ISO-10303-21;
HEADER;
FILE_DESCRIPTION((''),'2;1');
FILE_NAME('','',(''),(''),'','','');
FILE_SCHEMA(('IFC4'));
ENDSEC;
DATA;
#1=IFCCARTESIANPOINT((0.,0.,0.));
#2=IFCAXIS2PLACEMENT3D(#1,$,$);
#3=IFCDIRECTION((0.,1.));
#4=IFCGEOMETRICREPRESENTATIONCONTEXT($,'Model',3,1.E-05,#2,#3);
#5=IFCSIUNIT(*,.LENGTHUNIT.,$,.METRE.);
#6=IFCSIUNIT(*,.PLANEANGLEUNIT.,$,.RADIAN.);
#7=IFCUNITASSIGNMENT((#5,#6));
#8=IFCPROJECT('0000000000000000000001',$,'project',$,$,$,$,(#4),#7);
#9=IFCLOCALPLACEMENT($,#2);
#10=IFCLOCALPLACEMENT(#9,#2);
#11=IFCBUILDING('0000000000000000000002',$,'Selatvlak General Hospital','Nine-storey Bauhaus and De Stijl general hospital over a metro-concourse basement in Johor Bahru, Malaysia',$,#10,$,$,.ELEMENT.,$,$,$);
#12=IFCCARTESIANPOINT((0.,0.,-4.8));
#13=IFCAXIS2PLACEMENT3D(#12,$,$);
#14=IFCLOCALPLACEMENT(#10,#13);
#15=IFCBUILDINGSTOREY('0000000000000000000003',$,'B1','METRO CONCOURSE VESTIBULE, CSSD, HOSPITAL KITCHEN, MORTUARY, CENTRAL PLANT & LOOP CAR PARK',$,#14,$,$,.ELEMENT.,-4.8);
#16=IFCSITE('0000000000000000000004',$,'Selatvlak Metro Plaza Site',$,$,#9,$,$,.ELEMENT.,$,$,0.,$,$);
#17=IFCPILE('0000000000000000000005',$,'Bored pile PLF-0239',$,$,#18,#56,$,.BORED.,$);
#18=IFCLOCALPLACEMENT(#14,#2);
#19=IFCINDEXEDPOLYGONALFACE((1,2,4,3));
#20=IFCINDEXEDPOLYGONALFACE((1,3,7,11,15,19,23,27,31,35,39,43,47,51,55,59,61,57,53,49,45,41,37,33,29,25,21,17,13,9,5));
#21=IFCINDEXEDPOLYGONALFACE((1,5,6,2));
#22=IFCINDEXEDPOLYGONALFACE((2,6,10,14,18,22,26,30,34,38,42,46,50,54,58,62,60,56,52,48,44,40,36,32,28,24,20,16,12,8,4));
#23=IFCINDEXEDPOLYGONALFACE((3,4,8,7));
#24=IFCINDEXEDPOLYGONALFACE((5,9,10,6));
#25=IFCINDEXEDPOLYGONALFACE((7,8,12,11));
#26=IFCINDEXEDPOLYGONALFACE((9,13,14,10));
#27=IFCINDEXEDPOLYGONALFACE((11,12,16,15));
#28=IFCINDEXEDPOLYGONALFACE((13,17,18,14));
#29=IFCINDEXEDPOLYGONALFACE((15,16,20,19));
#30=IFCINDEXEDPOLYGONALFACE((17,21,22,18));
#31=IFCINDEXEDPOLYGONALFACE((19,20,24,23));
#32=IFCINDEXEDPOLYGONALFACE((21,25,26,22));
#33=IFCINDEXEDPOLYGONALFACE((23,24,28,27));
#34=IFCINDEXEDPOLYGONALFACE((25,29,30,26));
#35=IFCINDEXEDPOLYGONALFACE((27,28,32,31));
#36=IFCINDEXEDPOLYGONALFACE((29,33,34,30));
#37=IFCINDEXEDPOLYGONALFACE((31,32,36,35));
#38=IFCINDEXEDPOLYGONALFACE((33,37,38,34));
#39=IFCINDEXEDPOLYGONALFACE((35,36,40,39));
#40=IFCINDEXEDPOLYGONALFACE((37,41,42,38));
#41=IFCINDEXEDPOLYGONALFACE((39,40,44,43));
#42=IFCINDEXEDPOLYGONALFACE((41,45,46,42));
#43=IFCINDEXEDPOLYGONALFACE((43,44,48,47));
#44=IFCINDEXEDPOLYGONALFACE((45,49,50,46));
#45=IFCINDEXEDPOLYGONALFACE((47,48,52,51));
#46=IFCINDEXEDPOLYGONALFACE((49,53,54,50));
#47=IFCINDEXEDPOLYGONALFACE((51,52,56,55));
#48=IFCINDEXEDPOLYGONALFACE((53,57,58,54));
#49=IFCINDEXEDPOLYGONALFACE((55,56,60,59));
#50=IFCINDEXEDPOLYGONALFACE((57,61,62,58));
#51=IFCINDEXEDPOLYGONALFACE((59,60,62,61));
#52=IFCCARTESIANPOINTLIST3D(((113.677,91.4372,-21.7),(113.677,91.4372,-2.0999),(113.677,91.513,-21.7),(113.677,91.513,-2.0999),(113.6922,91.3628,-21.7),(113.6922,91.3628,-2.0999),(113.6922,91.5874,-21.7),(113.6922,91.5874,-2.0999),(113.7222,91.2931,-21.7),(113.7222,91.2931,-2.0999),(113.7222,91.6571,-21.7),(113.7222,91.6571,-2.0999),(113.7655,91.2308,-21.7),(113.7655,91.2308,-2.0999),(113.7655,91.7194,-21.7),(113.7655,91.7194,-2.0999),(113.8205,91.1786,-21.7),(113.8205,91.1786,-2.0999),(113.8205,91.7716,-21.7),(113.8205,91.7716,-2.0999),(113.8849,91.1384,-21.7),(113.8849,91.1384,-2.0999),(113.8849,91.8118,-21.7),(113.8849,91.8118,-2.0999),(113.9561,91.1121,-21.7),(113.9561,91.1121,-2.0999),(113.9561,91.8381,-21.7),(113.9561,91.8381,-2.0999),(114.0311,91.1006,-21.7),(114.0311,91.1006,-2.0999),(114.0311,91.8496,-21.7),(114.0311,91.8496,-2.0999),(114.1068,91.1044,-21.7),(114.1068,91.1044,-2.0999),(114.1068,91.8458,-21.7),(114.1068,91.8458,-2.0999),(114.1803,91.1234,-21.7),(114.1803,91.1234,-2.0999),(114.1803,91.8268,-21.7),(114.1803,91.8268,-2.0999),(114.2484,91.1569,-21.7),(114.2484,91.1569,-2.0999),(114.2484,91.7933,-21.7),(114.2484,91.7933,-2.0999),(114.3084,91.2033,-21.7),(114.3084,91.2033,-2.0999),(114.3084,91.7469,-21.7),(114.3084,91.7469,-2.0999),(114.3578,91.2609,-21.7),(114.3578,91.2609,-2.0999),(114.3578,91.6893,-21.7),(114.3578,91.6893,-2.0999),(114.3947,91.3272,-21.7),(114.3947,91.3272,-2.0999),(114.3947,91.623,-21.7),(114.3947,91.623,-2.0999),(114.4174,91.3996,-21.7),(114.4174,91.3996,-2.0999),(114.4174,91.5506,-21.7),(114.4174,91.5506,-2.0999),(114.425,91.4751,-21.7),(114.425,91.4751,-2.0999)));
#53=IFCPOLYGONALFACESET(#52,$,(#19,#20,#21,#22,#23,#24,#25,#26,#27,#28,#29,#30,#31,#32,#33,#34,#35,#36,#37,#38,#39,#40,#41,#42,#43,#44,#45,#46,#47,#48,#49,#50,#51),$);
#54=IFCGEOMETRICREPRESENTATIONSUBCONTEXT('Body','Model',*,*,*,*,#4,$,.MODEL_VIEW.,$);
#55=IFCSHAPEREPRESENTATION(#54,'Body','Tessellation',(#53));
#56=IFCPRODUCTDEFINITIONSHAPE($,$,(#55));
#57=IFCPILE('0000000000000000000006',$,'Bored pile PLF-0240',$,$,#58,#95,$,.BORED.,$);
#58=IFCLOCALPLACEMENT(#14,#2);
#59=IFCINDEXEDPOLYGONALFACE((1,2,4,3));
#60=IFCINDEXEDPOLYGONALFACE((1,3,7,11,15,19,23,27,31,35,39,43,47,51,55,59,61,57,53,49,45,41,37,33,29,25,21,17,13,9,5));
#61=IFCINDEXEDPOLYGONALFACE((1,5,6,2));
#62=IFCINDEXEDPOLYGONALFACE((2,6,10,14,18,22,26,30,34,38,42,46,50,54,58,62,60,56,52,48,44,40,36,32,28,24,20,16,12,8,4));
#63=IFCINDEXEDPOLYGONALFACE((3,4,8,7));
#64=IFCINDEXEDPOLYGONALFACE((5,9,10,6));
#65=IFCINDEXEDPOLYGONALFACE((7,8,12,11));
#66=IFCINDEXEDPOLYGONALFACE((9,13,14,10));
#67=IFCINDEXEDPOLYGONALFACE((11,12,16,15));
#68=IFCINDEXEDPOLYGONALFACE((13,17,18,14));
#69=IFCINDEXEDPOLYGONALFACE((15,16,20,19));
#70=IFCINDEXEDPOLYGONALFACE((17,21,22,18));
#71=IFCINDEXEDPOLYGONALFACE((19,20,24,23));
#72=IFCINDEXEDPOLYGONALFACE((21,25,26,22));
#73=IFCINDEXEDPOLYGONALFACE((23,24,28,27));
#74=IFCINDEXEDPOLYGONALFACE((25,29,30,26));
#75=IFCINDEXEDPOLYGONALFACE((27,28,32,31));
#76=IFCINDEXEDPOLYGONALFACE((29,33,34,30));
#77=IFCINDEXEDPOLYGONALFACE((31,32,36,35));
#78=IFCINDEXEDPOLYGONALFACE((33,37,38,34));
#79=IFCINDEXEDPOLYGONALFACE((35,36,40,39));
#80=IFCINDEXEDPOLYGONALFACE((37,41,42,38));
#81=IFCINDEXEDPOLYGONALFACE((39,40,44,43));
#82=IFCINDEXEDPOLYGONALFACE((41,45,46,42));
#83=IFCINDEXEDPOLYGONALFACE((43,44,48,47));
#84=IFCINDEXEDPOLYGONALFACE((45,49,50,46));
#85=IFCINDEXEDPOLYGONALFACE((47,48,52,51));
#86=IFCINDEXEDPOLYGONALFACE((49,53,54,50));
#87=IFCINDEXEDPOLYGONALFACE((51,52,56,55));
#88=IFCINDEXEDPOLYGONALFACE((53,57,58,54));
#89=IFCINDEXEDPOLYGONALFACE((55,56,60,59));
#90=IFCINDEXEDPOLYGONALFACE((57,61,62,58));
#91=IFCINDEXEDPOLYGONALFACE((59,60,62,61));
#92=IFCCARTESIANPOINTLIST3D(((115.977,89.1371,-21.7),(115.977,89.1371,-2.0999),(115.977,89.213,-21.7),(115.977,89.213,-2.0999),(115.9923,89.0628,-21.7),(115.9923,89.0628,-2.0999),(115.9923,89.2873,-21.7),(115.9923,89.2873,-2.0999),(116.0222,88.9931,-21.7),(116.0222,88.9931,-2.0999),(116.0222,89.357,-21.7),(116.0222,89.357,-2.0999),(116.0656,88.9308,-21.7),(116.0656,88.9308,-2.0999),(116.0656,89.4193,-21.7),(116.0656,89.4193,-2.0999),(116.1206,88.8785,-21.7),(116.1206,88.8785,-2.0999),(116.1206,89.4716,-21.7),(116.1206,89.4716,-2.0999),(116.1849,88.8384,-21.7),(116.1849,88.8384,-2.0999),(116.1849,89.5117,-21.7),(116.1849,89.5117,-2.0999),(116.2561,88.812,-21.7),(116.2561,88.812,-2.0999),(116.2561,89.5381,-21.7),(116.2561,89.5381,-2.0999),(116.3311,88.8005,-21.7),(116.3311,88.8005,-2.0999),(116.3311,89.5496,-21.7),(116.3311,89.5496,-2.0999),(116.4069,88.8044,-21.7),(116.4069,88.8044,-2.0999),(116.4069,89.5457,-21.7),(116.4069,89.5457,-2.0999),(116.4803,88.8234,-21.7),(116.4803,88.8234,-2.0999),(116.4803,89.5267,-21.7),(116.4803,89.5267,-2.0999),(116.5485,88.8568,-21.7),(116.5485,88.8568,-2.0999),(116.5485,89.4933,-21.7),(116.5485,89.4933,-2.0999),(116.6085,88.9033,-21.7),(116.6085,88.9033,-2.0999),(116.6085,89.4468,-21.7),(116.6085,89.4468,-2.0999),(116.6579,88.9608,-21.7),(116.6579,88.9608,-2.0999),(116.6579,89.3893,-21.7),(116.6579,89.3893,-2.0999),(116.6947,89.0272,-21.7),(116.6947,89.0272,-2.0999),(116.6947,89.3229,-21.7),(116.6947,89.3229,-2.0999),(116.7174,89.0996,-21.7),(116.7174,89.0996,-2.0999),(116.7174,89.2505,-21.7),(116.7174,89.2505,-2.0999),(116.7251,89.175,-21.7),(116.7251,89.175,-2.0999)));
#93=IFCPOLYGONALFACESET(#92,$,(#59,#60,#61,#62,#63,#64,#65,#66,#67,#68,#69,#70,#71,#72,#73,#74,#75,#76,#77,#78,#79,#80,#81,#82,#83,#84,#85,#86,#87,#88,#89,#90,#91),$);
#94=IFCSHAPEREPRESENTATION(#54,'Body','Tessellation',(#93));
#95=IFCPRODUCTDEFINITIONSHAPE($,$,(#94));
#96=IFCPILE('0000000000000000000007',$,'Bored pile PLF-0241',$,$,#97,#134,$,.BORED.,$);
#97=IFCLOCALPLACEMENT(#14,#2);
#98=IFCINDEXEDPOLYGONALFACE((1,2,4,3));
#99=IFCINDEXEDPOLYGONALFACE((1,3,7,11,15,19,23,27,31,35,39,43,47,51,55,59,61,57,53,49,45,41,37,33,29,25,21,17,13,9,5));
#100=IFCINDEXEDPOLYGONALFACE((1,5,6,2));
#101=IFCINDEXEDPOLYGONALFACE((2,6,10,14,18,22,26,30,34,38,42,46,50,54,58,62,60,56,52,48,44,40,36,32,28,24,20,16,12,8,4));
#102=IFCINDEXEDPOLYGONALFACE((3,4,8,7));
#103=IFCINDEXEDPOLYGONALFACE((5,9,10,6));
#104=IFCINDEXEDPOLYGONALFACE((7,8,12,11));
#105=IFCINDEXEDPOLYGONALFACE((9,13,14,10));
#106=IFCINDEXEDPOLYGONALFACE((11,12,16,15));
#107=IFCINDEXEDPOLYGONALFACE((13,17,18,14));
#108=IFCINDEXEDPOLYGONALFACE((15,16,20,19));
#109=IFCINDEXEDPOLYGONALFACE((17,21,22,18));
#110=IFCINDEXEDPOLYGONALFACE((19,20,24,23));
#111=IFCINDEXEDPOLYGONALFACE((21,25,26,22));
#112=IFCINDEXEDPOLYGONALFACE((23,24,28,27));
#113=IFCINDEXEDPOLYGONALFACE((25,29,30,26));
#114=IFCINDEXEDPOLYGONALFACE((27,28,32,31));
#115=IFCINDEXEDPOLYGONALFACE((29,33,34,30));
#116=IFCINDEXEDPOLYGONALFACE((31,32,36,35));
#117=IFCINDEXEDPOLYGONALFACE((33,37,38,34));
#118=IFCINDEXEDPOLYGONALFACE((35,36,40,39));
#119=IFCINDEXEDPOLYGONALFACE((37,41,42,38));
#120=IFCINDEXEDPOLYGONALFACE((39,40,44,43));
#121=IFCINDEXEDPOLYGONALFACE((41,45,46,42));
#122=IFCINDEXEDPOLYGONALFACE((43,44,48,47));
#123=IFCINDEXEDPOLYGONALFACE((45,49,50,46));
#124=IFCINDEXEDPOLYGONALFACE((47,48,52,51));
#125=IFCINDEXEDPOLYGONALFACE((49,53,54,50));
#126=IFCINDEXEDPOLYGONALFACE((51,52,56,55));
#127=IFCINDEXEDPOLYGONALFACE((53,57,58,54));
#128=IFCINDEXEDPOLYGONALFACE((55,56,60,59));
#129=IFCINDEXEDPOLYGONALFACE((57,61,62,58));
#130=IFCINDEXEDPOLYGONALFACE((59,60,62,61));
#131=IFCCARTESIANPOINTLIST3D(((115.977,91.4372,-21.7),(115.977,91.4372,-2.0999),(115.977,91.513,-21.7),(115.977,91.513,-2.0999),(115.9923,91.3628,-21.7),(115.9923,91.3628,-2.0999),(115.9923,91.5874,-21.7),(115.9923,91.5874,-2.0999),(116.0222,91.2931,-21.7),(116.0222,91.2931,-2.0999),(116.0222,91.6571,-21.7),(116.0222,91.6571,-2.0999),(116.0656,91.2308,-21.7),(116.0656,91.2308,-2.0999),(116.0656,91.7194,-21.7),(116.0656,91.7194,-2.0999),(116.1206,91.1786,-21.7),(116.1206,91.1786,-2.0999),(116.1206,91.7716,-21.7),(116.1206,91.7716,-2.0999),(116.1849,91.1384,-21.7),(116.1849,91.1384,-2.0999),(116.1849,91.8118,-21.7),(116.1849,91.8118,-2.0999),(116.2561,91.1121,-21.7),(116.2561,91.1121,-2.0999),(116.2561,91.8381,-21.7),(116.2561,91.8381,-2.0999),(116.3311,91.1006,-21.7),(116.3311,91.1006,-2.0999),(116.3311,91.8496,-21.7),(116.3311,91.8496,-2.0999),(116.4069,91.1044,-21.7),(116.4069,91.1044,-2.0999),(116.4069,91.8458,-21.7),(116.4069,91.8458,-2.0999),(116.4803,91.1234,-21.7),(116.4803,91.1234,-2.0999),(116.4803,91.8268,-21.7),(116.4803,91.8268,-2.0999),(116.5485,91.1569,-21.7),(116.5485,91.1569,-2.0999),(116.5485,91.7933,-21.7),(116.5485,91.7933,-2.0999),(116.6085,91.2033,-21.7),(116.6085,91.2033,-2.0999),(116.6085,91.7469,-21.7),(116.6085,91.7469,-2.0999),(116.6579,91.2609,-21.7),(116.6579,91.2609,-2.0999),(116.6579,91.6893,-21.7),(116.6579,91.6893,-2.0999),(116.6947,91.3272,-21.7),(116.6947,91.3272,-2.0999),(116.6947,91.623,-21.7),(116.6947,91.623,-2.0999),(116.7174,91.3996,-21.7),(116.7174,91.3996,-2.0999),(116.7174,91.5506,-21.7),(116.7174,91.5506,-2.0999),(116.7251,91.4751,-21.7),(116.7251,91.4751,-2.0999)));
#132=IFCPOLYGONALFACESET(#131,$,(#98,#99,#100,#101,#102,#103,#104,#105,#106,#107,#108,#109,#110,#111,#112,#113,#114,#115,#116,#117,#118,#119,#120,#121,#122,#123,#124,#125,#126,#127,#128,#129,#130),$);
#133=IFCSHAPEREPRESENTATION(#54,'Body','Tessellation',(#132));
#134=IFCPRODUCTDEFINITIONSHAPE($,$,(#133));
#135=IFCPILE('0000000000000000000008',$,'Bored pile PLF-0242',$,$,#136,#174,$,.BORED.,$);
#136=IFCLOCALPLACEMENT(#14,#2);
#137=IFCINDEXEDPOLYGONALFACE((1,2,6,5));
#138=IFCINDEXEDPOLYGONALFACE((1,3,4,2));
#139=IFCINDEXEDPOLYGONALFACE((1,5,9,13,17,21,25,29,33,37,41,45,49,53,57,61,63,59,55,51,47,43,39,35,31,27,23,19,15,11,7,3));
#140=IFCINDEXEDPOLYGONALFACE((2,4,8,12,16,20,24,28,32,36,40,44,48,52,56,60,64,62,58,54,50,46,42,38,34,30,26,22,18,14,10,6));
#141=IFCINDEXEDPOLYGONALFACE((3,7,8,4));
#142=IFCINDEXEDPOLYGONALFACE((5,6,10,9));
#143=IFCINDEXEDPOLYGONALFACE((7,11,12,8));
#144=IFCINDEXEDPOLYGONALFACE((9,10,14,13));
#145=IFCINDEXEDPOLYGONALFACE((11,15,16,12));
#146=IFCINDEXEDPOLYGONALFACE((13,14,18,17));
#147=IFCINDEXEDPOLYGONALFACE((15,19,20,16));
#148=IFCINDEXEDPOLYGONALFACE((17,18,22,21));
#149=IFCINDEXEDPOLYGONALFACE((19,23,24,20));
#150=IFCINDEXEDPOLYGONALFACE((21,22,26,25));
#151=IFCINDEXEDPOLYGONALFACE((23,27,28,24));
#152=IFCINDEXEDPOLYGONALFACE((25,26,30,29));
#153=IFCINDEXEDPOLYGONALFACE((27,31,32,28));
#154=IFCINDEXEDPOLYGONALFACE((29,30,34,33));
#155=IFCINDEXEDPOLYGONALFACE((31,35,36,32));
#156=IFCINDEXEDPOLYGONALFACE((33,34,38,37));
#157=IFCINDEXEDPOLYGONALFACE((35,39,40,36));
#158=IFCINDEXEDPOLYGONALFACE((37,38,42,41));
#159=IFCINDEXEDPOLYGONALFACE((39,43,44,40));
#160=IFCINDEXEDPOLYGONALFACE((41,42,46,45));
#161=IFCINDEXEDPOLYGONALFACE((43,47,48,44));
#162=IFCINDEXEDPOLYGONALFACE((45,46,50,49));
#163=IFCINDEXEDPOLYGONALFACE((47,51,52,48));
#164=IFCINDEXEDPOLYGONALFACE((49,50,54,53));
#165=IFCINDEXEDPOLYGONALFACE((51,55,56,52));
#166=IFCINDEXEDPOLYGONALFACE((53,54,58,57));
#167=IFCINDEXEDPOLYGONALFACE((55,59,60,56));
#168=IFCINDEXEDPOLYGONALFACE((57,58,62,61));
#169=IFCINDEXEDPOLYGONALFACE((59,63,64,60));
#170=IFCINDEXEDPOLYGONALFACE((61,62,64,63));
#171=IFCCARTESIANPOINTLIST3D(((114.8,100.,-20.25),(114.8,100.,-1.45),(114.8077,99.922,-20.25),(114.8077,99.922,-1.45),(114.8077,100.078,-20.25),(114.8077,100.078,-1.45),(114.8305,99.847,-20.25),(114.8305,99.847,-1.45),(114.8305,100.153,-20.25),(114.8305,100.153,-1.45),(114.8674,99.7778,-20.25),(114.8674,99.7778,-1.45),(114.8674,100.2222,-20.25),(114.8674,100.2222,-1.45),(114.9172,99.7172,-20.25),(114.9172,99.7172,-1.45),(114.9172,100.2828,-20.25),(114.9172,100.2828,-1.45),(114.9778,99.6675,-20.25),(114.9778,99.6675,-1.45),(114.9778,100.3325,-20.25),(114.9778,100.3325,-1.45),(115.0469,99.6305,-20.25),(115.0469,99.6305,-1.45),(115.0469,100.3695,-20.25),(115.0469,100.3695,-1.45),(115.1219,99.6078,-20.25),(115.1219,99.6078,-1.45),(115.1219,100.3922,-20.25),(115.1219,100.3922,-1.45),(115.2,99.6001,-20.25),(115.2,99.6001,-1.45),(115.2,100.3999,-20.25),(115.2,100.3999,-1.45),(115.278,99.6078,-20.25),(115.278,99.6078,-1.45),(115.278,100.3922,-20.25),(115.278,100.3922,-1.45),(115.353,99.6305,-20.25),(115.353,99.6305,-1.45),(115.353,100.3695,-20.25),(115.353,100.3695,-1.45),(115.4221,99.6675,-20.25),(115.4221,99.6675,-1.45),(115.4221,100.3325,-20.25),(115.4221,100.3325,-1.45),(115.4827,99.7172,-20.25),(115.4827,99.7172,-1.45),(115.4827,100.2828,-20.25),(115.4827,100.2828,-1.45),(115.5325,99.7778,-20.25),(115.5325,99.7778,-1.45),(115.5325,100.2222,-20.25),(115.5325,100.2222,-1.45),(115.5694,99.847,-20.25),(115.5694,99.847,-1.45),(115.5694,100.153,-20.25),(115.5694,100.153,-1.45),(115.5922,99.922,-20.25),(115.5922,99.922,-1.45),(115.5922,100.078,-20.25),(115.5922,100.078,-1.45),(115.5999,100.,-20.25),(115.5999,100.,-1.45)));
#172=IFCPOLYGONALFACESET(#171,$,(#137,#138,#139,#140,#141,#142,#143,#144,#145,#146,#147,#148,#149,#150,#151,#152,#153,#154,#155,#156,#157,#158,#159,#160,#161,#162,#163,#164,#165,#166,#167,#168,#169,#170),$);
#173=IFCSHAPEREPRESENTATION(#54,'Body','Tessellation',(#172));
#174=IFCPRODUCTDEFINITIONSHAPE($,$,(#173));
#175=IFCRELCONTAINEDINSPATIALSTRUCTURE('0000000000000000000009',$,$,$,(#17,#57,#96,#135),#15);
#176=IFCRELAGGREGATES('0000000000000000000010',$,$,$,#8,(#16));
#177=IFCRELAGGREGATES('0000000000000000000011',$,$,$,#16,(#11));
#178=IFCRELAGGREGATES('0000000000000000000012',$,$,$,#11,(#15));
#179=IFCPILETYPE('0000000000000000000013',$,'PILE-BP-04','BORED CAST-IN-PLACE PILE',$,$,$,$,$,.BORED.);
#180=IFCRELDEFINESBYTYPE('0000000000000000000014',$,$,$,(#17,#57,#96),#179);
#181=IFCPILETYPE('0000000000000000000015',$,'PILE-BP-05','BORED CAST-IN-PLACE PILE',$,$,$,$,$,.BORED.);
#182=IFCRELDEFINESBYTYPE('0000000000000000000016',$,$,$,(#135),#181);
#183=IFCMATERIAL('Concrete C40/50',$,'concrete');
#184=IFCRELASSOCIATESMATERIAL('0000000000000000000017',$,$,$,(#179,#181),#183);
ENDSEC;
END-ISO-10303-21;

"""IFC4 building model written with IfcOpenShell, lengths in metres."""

from ifc_helpers import new_model, si_unit, direction, frame, origin, origin_2d, place, context, subcontext, project, spatial, circle, extrude, material, material_profile, profile_set, type_object, element, save


model = new_model("IFC4")

# Units and contexts
model_context = context("Model", 3, precision=1e-05, world=origin(), true_north=direction((0.0, 1.0)))
body_context = subcontext(model_context, "Body", "Model", "MODEL_VIEW")
ifc_project = project(units=[si_unit("LENGTHUNIT", "METRE"), si_unit("PLANEANGLEUNIT", "RADIAN")], contexts=[model_context])

# Site, building, storey
site_placement = place(None, origin())
site = spatial("IfcSite", under=ifc_project, at=site_placement, Name="Selatvlak Metro Plaza Site", CompositionType="ELEMENT", RefElevation=0.0)
building_placement = place(site_placement, origin())
building = spatial("IfcBuilding", under=site, at=building_placement, Name="Selatvlak General Hospital", Description="Nine-storey Bauhaus and De Stijl general hospital over a metro-concourse basement in Johor Bahru, Malaysia", CompositionType="ELEMENT")
storey_placement = place(building_placement, frame((0.0, 0.0, -4.8)))
storey = spatial("IfcBuildingStorey", under=building, at=storey_placement, Name="B1", Description="METRO CONCOURSE VESTIBULE, CSSD, HOSPITAL KITCHEN, MORTUARY, CENTRAL PLANT & LOOP CAR PARK", CompositionType="ELEMENT", Elevation=-4.8)

# Shared definitions
ifc_material_1 = material(Name="Concrete C40/50", Category="concrete")

# Piles
ifc_material_profile_1 = material_profile(ifc_material_1, circle(Radius=0.375, at=origin_2d()), Name="BORED PILE 750")
ifc_profile_set_1 = profile_set([ifc_material_profile_1], Name="Concrete C40/50")
pile_type_1 = type_object("IfcPileType", Name="PILE-BP-04", Description="BORED CAST-IN-PLACE PILE", PredefinedType="BORED", material=ifc_profile_set_1)
for number, where, z_axis, x_axis, name in (
    (1, (114.05, 91.4751, -2.0999), (0.0, 0.0, -1.0), (1.0, 0.0, 0.0), "Bored pile PLF-0239"),
    (2, (116.3501, 89.175, -2.0999), (0.0, 0.0, -1.0), (1.0, 0.0, 0.0), "Bored pile PLF-0240"),
    (3, (116.3501, 91.4751, -2.0999), (0.0, 0.0, -1.0), (1.0, 0.0, 0.0), "Bored pile PLF-0241"),
):
    element("IfcPile", number, at=place(storey_placement, frame(where, z_axis=z_axis, x_axis=x_axis)), inside=storey, type_object=pile_type_1, Name=name, PredefinedType="BORED", context=body_context, shape_type="SweptSolid", body=[
        extrude(circle(Radius=0.375, at=origin_2d()), origin(), (0.0, 0.0, 1.0), 19.6001),
    ])
ifc_material_profile_2 = material_profile(ifc_material_1, circle(Radius=0.3999, at=origin_2d()), Name="BORED PILE 800")
ifc_profile_set_2 = profile_set([ifc_material_profile_2], Name="Concrete C40/50")
pile_type_2 = type_object("IfcPileType", Name="PILE-BP-05", Description="BORED CAST-IN-PLACE PILE", PredefinedType="BORED", material=ifc_profile_set_2)
pile_1_placement = place(storey_placement, frame((115.2, 100.0, -1.45), z_axis=(0.0, 0.0, -1.0), x_axis=(1.0, 0.0, 0.0)))
element("IfcPile", 4, at=pile_1_placement, inside=storey, type_object=pile_type_2, Name="Bored pile PLF-0242", PredefinedType="BORED", context=body_context, shape_type="SweptSolid", body=[
    extrude(circle(Radius=0.3999, at=origin_2d()), origin(), (0.0, 0.0, 1.0), 18.8),
])

save(model, "model.ifc")
